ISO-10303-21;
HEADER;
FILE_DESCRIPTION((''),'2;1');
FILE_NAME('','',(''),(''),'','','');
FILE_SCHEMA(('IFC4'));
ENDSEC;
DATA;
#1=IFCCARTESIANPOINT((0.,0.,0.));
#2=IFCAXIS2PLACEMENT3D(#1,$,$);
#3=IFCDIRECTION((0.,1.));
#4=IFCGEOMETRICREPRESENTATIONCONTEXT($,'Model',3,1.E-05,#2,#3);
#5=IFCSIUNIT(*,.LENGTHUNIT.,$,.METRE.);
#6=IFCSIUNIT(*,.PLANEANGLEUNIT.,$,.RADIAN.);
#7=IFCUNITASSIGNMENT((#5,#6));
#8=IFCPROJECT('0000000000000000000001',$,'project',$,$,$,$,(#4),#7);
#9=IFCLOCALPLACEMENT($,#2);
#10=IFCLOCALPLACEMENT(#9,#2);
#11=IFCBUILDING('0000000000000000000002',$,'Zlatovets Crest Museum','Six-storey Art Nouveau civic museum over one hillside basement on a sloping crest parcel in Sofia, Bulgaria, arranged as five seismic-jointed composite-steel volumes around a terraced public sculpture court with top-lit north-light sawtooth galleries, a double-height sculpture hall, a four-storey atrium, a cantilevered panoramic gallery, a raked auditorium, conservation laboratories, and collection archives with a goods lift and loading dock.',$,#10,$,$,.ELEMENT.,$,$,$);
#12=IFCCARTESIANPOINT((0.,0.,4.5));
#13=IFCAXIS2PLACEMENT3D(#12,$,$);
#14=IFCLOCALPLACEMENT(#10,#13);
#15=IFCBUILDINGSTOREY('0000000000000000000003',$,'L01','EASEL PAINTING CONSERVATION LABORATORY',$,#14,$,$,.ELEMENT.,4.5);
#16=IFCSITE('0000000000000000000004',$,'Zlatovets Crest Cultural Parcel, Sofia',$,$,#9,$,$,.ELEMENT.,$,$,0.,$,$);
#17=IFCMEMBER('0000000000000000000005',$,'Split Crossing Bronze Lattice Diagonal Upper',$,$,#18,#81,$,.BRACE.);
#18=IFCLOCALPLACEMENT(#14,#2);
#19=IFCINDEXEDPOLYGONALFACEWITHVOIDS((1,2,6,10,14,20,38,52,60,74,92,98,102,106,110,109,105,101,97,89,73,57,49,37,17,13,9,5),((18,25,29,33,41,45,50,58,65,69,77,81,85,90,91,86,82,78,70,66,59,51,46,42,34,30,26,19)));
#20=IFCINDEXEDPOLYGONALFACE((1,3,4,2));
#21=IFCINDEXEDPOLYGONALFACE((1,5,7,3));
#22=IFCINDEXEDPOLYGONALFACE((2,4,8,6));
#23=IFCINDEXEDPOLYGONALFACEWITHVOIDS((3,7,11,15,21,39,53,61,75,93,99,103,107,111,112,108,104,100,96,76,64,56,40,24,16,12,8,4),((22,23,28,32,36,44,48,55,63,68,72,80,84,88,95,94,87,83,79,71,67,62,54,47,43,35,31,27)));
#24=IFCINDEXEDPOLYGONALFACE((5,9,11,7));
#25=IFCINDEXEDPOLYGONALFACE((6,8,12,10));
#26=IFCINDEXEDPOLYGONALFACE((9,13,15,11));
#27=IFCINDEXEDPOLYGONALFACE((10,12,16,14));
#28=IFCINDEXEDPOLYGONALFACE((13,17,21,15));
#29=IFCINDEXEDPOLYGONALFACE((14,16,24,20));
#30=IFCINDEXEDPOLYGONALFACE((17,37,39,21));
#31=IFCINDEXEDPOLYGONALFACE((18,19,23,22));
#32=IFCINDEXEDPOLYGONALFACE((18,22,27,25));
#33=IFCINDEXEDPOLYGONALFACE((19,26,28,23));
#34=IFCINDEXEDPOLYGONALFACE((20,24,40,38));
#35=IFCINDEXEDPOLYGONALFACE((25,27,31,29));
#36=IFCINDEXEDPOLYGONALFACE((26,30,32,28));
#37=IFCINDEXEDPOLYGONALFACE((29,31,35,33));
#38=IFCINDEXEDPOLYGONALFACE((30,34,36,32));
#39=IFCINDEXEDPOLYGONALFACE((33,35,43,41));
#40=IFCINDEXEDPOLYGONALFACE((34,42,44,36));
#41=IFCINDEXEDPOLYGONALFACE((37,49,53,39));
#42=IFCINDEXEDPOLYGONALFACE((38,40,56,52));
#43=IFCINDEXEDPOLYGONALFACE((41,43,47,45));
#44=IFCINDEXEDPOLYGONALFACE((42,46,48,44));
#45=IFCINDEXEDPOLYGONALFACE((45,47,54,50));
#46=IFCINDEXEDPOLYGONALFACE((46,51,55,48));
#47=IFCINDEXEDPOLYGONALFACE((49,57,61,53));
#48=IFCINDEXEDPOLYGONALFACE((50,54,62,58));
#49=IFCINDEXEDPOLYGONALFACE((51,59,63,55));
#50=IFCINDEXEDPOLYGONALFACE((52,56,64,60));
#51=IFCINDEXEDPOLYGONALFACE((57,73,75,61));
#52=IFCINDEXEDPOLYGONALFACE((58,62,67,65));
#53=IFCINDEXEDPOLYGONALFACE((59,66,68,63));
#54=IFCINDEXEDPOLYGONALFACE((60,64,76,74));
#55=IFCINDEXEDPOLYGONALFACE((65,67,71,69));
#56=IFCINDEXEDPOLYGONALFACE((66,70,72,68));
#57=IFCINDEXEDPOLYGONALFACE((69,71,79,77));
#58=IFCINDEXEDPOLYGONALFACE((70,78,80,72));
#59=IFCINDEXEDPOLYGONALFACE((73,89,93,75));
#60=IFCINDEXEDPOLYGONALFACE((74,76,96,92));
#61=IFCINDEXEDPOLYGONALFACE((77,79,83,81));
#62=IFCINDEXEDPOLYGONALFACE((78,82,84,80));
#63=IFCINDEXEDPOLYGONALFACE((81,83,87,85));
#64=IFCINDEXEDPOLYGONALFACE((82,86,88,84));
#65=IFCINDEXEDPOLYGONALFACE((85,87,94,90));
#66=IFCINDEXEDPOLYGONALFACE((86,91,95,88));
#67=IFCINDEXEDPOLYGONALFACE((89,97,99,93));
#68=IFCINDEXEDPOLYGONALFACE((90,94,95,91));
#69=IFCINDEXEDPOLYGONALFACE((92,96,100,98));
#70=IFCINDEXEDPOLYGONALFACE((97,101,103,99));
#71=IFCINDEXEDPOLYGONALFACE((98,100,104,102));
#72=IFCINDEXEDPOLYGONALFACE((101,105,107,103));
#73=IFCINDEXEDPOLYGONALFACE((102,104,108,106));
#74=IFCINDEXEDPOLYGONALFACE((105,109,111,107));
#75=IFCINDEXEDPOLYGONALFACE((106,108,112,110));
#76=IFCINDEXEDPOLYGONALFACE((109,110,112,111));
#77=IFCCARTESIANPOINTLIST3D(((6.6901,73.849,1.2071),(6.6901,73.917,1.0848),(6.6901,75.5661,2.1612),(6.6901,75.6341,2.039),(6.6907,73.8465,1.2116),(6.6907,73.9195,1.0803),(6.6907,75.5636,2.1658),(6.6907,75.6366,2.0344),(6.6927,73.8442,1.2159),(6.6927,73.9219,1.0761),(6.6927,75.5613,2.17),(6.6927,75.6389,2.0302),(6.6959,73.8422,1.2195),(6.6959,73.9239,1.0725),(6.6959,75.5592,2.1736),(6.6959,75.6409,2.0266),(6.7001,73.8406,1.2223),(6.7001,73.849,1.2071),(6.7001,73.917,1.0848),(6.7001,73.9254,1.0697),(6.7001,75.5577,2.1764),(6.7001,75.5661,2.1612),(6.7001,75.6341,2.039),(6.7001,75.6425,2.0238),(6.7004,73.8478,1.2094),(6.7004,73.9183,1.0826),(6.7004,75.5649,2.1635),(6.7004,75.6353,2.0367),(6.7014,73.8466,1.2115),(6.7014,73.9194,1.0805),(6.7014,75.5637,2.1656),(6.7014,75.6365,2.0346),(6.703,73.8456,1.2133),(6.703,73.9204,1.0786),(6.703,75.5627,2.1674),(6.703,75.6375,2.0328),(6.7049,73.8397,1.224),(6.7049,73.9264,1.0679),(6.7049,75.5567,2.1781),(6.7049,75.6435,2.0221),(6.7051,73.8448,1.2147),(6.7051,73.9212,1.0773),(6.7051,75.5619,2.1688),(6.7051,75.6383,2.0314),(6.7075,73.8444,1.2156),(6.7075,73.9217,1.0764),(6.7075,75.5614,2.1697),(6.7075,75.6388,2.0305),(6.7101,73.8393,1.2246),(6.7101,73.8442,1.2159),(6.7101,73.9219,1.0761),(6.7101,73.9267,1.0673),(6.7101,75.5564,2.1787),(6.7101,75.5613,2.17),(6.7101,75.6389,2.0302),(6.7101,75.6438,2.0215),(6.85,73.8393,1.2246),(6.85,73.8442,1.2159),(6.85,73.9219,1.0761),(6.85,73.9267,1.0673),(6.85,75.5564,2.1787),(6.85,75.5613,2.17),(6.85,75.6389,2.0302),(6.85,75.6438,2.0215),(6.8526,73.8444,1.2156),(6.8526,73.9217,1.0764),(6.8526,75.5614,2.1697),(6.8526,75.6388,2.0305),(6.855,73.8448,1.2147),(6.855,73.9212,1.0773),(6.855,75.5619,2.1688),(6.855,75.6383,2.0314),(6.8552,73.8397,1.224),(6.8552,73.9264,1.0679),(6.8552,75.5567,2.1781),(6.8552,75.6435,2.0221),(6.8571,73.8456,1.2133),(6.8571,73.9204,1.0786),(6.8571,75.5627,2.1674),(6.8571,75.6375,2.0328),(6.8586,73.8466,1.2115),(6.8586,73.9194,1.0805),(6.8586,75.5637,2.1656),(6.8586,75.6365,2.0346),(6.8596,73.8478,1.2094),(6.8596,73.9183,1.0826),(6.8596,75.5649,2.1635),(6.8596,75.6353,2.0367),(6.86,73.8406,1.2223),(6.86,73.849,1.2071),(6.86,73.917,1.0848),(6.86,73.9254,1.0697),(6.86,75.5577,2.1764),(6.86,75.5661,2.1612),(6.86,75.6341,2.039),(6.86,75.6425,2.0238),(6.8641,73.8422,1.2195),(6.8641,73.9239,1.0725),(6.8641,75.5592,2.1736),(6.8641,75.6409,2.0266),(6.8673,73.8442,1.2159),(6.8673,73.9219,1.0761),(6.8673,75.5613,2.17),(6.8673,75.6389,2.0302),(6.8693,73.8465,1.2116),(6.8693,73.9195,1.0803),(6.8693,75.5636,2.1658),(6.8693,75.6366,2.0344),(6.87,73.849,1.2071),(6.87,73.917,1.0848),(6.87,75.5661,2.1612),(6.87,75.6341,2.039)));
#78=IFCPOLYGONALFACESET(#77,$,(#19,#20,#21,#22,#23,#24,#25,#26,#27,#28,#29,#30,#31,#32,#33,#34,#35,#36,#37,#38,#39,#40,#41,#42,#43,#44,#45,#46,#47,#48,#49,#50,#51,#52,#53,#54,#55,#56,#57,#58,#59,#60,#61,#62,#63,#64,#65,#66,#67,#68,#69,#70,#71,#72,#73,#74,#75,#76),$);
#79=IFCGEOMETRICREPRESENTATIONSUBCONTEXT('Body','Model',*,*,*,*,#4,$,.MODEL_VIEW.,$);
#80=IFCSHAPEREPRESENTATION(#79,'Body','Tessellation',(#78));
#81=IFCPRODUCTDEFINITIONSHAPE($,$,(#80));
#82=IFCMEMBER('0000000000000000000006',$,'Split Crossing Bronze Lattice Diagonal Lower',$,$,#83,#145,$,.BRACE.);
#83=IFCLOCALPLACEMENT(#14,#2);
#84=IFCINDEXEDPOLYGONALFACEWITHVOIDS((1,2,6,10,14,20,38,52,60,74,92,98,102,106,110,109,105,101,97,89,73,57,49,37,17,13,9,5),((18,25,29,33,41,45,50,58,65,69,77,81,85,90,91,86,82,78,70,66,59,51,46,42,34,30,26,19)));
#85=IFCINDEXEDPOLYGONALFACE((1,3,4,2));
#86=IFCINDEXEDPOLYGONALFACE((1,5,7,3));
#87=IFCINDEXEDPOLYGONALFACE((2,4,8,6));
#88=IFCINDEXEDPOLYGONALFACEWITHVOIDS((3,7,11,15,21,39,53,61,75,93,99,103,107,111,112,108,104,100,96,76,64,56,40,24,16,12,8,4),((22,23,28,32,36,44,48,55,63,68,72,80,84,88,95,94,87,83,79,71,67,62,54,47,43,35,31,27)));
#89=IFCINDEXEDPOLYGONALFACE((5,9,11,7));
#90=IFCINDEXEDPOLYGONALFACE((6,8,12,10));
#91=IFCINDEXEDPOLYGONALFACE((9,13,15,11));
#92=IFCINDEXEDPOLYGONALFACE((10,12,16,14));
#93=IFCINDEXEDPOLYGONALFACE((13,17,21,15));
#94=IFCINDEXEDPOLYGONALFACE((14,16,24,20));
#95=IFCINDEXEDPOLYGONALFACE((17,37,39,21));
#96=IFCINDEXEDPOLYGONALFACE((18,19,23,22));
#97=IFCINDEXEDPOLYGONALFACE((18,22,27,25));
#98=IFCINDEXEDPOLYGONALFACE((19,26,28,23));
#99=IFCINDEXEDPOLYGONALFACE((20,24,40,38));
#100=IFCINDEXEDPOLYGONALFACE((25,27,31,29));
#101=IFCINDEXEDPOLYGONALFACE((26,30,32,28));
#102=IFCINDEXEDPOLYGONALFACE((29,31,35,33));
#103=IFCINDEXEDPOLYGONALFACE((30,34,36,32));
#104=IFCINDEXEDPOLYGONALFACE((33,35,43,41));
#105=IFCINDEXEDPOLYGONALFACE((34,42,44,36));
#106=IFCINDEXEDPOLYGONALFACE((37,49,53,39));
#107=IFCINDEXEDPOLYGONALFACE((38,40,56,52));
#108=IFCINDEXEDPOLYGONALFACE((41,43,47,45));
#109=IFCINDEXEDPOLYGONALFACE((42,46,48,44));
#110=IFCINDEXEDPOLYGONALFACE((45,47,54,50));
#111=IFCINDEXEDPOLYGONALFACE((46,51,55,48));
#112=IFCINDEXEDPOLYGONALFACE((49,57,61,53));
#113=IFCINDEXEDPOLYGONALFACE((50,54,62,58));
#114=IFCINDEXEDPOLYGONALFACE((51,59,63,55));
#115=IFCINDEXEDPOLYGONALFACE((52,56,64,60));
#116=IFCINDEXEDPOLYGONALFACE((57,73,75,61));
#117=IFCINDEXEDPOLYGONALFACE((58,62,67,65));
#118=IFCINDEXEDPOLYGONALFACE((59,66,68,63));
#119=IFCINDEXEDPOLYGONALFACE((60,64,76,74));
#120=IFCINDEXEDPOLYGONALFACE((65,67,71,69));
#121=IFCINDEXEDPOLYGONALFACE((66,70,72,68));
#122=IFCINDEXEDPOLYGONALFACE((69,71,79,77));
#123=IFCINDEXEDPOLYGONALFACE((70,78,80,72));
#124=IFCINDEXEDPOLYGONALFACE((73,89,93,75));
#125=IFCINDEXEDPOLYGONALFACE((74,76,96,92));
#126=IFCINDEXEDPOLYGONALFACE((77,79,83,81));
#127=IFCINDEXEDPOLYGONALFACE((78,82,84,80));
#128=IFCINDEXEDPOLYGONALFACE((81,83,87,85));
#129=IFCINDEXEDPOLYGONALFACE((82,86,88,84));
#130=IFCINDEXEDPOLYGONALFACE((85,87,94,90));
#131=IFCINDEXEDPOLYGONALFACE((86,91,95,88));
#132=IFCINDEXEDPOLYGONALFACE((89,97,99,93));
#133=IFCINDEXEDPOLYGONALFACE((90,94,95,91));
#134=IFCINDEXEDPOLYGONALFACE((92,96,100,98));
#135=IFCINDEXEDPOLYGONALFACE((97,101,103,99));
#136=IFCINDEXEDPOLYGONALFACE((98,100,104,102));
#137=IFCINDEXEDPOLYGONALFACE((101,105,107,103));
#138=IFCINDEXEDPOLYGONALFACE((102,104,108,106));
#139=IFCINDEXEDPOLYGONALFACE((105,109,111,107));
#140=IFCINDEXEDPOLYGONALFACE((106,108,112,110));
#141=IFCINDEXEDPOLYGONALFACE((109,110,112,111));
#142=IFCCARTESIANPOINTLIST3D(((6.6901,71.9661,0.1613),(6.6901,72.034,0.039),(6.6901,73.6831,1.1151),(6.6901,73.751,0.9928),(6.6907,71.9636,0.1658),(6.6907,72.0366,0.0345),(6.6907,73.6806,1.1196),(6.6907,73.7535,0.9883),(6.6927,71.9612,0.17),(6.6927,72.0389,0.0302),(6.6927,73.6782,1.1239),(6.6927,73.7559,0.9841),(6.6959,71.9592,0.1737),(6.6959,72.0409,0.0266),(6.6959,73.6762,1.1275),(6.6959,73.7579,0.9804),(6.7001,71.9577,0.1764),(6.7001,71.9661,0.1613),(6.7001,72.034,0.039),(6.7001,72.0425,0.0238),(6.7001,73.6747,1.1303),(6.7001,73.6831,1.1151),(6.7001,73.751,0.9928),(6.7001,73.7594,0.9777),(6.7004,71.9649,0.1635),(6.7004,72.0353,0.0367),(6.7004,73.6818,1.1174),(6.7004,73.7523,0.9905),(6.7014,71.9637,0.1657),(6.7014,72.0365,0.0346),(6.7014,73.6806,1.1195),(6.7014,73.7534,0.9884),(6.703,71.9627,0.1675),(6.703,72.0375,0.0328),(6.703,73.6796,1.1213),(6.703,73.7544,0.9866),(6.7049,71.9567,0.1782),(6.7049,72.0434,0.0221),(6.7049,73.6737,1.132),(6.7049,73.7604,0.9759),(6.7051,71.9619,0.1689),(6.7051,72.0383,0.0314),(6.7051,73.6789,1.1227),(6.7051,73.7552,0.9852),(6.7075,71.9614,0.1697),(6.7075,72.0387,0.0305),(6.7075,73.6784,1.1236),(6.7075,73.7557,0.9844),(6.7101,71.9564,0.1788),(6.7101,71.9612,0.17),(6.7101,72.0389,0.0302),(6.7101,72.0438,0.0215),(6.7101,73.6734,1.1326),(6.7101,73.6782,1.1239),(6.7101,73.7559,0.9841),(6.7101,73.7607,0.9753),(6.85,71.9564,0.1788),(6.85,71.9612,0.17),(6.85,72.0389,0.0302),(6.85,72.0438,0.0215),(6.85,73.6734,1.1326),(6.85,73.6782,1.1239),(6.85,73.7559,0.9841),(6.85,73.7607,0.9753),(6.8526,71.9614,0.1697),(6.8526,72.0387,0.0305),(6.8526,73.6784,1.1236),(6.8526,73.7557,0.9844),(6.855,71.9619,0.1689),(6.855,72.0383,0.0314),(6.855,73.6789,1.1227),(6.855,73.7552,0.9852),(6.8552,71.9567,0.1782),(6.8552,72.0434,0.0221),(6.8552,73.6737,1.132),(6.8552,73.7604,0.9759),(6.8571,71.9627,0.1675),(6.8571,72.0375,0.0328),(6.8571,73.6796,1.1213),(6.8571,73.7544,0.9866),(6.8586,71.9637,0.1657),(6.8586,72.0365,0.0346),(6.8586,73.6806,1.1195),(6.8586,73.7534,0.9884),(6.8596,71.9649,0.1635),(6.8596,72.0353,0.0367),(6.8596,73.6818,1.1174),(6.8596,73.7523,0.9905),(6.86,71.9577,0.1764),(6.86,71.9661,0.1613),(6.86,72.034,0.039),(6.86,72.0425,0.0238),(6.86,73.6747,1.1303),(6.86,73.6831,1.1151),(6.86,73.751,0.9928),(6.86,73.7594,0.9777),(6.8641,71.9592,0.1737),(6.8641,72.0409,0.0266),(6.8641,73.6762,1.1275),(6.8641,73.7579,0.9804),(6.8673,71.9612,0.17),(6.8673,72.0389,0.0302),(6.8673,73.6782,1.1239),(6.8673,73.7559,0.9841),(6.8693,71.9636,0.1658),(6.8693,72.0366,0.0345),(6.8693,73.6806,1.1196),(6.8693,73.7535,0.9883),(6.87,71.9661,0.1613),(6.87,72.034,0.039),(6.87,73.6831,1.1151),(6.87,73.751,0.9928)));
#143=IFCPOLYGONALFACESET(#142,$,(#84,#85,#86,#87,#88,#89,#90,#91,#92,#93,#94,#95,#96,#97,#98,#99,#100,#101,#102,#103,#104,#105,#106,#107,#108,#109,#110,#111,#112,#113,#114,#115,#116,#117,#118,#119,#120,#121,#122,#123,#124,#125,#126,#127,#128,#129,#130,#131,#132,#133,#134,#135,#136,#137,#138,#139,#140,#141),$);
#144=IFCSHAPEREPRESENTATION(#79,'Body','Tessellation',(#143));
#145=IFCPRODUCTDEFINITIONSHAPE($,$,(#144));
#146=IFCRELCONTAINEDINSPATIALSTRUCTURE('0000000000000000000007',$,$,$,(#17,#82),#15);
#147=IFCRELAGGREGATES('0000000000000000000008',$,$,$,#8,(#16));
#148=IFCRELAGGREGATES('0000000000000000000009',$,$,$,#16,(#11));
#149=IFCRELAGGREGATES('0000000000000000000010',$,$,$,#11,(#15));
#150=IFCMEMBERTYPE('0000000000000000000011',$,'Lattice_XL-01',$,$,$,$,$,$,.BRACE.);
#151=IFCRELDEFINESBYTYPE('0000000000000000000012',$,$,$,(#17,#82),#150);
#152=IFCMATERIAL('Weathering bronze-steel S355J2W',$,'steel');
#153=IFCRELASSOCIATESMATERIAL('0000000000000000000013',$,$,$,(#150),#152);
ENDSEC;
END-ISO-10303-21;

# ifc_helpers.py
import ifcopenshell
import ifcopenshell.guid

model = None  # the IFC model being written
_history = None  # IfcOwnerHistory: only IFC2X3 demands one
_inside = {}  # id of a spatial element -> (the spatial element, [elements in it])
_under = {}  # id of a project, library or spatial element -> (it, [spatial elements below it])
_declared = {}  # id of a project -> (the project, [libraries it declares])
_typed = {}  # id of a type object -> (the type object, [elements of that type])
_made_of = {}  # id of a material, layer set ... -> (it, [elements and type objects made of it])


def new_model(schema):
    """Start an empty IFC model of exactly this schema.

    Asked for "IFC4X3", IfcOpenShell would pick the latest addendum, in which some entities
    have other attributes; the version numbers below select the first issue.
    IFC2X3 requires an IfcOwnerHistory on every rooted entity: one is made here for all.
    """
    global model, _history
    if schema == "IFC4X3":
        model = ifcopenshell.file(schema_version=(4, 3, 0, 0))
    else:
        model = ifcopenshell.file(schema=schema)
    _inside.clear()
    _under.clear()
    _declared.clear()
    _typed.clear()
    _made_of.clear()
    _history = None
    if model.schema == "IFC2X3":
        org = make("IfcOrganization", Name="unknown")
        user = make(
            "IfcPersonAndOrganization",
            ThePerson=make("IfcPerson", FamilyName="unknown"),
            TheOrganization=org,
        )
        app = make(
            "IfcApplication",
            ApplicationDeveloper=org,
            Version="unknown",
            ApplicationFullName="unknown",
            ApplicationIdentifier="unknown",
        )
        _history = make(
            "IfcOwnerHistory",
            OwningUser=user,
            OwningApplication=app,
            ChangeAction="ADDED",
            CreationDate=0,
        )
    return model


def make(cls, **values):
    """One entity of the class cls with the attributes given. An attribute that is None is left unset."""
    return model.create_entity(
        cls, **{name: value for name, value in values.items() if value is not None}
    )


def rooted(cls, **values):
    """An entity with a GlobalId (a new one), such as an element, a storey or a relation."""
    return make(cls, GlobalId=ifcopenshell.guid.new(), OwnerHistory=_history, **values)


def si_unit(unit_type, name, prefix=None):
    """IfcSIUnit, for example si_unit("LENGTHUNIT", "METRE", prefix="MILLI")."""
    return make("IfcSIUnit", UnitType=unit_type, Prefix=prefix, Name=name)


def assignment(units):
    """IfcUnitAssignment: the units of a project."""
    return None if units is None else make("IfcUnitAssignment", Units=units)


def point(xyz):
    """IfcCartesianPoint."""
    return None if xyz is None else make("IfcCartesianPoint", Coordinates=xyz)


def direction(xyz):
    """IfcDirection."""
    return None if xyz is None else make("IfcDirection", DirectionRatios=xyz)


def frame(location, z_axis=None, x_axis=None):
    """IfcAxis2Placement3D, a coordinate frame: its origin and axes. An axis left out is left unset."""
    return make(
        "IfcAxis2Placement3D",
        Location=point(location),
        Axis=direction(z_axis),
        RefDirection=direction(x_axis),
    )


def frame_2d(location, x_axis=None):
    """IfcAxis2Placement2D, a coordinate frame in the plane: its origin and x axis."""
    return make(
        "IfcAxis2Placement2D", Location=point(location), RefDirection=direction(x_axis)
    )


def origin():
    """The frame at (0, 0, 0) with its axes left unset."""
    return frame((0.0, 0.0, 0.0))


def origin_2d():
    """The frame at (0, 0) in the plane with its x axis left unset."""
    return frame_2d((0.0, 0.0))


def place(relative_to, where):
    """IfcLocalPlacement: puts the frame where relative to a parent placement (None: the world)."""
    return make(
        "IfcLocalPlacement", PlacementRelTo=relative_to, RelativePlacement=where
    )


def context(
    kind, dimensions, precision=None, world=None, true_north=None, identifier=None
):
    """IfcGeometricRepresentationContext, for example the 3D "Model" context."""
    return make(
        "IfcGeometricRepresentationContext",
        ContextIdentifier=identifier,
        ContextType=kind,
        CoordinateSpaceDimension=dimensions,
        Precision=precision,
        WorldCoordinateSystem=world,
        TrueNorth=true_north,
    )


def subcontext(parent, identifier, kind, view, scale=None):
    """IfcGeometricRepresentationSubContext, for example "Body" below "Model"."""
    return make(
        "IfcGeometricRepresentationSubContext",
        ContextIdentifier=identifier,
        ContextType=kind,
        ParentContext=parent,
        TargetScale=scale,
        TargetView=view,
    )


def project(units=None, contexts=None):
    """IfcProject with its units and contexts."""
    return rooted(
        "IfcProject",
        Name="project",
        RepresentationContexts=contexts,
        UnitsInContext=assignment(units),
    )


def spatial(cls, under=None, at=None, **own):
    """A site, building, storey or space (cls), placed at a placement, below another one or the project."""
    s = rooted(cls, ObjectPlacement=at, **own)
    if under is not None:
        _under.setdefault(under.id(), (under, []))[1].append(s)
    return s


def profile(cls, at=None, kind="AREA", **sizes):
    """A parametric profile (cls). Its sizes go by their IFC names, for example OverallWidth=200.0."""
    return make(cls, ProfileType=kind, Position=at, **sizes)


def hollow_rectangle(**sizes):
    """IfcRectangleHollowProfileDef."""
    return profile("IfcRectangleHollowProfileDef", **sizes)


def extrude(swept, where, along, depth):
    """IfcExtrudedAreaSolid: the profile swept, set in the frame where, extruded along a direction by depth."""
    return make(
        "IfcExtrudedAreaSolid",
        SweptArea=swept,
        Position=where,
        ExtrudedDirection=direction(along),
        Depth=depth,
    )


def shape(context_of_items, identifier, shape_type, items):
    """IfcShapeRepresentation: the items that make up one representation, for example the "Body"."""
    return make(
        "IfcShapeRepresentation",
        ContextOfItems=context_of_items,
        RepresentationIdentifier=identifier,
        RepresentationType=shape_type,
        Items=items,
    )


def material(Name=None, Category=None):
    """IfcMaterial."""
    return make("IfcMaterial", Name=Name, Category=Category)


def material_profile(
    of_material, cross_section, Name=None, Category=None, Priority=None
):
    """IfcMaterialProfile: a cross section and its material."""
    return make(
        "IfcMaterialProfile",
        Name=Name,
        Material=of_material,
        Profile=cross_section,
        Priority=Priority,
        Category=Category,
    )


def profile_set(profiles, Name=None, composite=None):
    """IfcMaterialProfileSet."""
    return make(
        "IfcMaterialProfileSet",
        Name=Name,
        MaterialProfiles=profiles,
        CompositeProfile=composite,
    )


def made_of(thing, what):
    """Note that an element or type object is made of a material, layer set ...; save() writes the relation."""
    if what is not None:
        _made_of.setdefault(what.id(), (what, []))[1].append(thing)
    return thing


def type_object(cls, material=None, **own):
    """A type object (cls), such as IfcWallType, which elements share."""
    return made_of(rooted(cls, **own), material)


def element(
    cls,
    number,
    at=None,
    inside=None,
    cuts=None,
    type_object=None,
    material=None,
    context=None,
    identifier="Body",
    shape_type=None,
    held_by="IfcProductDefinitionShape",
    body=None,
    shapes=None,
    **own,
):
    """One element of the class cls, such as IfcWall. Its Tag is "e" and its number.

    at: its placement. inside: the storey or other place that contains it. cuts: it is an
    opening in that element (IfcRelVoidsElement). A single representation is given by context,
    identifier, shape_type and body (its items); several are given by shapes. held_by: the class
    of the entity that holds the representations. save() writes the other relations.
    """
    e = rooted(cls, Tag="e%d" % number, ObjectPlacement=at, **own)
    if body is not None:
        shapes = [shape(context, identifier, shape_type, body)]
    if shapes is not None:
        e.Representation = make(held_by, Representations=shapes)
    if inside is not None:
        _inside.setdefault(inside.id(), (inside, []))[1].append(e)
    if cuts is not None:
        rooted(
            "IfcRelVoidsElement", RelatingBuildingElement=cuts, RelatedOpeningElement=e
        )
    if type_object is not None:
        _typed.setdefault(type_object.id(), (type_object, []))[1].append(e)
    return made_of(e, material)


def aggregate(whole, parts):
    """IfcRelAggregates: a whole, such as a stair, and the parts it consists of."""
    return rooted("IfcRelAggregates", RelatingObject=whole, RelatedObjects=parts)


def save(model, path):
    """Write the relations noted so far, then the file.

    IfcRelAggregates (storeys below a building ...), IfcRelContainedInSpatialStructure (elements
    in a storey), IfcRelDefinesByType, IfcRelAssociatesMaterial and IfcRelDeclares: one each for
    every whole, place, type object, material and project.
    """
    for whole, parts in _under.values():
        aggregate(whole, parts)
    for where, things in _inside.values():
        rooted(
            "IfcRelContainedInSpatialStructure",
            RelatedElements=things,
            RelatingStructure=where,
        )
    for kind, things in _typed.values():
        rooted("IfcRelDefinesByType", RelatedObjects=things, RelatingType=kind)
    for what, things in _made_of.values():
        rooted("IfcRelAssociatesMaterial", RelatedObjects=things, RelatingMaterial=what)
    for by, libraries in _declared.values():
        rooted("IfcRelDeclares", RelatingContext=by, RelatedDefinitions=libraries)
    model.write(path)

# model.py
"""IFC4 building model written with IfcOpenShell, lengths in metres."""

from ifc_helpers import new_model, si_unit, direction, frame, origin, origin_2d, place, context, subcontext, project, spatial, hollow_rectangle, extrude, material, material_profile, profile_set, type_object, element, save


model = new_model("IFC4")

# Units and contexts
model_context = context("Model", 3, precision=1e-05, world=origin(), true_north=direction((0.0, 1.0)))
body_context = subcontext(model_context, "Body", "Model", "MODEL_VIEW")
ifc_project = project(units=[si_unit("LENGTHUNIT", "METRE"), si_unit("PLANEANGLEUNIT", "RADIAN")], contexts=[model_context])

# Site, building, storey
site_placement = place(None, origin())
site = spatial("IfcSite", under=ifc_project, at=site_placement, Name="Zlatovets Crest Cultural Parcel, Sofia", CompositionType="ELEMENT", RefElevation=0.0)
building_placement = place(site_placement, origin())
building = spatial("IfcBuilding", under=site, at=building_placement, Name="Zlatovets Crest Museum", Description="Six-storey Art Nouveau civic museum over one hillside basement on a sloping crest parcel in Sofia, Bulgaria, arranged as five seismic-jointed composite-steel volumes around a terraced public sculpture court with top-lit north-light sawtooth galleries, a double-height sculpture hall, a four-storey atrium, a cantilevered panoramic gallery, a raked auditorium, conservation laboratories, and collection archives with a goods lift and loading dock.", CompositionType="ELEMENT")
storey_placement = place(building_placement, frame((0.0, 0.0, 4.5)))
storey = spatial("IfcBuildingStorey", under=building, at=storey_placement, Name="L01", Description="EASEL PAINTING CONSERVATION LABORATORY", CompositionType="ELEMENT", Elevation=4.5)

# Members
ifc_material_1 = material(Name="Weathering bronze-steel S355J2W", Category="steel")
ifc_material_profile_1 = material_profile(ifc_material_1, hollow_rectangle(XDim=0.1799, YDim=0.1799, WallThickness=0.01, InnerFilletRadius=0.01, OuterFilletRadius=0.02, at=origin_2d()), Name="SHS 180x180x10.0")
ifc_profile_set_1 = profile_set([ifc_material_profile_1], Name="Weathering bronze-steel S355J2W")
member_type_1 = type_object("IfcMemberType", Name="Lattice_XL-01", PredefinedType="BRACE", material=ifc_profile_set_1)
member_1_placement = place(storey_placement, frame((6.78, 75.6001, 2.1001), z_axis=(0.0, -0.874116, -0.485717), x_axis=(1.0, 0.0, 0.0)))
element("IfcMember", 1, at=member_1_placement, inside=storey, type_object=member_type_1, Name="Split Crossing Bronze Lattice Diagonal Upper", PredefinedType="BRACE", context=body_context, shape_type="SweptSolid", body=[
    extrude(hollow_rectangle(XDim=0.1799, YDim=0.1799, WallThickness=0.01, InnerFilletRadius=0.01, OuterFilletRadius=0.02, at=origin_2d()), origin(), (0.0, 0.0, 1.0), 1.9644),
])
member_2_placement = place(storey_placement, frame((6.78, 73.717, 1.054), z_axis=(0.0, -0.874169, -0.485622), x_axis=(1.0, 0.0, 0.0)))
element("IfcMember", 2, at=member_2_placement, inside=storey, type_object=member_type_1, Name="Split Crossing Bronze Lattice Diagonal Lower", PredefinedType="BRACE", context=body_context, shape_type="SweptSolid", body=[
    extrude(hollow_rectangle(XDim=0.1799, YDim=0.1799, WallThickness=0.01, InnerFilletRadius=0.01, OuterFilletRadius=0.02, at=origin_2d()), origin(), (0.0, 0.0, 1.0), 1.9641),
])

save(model, "model.ifc")
